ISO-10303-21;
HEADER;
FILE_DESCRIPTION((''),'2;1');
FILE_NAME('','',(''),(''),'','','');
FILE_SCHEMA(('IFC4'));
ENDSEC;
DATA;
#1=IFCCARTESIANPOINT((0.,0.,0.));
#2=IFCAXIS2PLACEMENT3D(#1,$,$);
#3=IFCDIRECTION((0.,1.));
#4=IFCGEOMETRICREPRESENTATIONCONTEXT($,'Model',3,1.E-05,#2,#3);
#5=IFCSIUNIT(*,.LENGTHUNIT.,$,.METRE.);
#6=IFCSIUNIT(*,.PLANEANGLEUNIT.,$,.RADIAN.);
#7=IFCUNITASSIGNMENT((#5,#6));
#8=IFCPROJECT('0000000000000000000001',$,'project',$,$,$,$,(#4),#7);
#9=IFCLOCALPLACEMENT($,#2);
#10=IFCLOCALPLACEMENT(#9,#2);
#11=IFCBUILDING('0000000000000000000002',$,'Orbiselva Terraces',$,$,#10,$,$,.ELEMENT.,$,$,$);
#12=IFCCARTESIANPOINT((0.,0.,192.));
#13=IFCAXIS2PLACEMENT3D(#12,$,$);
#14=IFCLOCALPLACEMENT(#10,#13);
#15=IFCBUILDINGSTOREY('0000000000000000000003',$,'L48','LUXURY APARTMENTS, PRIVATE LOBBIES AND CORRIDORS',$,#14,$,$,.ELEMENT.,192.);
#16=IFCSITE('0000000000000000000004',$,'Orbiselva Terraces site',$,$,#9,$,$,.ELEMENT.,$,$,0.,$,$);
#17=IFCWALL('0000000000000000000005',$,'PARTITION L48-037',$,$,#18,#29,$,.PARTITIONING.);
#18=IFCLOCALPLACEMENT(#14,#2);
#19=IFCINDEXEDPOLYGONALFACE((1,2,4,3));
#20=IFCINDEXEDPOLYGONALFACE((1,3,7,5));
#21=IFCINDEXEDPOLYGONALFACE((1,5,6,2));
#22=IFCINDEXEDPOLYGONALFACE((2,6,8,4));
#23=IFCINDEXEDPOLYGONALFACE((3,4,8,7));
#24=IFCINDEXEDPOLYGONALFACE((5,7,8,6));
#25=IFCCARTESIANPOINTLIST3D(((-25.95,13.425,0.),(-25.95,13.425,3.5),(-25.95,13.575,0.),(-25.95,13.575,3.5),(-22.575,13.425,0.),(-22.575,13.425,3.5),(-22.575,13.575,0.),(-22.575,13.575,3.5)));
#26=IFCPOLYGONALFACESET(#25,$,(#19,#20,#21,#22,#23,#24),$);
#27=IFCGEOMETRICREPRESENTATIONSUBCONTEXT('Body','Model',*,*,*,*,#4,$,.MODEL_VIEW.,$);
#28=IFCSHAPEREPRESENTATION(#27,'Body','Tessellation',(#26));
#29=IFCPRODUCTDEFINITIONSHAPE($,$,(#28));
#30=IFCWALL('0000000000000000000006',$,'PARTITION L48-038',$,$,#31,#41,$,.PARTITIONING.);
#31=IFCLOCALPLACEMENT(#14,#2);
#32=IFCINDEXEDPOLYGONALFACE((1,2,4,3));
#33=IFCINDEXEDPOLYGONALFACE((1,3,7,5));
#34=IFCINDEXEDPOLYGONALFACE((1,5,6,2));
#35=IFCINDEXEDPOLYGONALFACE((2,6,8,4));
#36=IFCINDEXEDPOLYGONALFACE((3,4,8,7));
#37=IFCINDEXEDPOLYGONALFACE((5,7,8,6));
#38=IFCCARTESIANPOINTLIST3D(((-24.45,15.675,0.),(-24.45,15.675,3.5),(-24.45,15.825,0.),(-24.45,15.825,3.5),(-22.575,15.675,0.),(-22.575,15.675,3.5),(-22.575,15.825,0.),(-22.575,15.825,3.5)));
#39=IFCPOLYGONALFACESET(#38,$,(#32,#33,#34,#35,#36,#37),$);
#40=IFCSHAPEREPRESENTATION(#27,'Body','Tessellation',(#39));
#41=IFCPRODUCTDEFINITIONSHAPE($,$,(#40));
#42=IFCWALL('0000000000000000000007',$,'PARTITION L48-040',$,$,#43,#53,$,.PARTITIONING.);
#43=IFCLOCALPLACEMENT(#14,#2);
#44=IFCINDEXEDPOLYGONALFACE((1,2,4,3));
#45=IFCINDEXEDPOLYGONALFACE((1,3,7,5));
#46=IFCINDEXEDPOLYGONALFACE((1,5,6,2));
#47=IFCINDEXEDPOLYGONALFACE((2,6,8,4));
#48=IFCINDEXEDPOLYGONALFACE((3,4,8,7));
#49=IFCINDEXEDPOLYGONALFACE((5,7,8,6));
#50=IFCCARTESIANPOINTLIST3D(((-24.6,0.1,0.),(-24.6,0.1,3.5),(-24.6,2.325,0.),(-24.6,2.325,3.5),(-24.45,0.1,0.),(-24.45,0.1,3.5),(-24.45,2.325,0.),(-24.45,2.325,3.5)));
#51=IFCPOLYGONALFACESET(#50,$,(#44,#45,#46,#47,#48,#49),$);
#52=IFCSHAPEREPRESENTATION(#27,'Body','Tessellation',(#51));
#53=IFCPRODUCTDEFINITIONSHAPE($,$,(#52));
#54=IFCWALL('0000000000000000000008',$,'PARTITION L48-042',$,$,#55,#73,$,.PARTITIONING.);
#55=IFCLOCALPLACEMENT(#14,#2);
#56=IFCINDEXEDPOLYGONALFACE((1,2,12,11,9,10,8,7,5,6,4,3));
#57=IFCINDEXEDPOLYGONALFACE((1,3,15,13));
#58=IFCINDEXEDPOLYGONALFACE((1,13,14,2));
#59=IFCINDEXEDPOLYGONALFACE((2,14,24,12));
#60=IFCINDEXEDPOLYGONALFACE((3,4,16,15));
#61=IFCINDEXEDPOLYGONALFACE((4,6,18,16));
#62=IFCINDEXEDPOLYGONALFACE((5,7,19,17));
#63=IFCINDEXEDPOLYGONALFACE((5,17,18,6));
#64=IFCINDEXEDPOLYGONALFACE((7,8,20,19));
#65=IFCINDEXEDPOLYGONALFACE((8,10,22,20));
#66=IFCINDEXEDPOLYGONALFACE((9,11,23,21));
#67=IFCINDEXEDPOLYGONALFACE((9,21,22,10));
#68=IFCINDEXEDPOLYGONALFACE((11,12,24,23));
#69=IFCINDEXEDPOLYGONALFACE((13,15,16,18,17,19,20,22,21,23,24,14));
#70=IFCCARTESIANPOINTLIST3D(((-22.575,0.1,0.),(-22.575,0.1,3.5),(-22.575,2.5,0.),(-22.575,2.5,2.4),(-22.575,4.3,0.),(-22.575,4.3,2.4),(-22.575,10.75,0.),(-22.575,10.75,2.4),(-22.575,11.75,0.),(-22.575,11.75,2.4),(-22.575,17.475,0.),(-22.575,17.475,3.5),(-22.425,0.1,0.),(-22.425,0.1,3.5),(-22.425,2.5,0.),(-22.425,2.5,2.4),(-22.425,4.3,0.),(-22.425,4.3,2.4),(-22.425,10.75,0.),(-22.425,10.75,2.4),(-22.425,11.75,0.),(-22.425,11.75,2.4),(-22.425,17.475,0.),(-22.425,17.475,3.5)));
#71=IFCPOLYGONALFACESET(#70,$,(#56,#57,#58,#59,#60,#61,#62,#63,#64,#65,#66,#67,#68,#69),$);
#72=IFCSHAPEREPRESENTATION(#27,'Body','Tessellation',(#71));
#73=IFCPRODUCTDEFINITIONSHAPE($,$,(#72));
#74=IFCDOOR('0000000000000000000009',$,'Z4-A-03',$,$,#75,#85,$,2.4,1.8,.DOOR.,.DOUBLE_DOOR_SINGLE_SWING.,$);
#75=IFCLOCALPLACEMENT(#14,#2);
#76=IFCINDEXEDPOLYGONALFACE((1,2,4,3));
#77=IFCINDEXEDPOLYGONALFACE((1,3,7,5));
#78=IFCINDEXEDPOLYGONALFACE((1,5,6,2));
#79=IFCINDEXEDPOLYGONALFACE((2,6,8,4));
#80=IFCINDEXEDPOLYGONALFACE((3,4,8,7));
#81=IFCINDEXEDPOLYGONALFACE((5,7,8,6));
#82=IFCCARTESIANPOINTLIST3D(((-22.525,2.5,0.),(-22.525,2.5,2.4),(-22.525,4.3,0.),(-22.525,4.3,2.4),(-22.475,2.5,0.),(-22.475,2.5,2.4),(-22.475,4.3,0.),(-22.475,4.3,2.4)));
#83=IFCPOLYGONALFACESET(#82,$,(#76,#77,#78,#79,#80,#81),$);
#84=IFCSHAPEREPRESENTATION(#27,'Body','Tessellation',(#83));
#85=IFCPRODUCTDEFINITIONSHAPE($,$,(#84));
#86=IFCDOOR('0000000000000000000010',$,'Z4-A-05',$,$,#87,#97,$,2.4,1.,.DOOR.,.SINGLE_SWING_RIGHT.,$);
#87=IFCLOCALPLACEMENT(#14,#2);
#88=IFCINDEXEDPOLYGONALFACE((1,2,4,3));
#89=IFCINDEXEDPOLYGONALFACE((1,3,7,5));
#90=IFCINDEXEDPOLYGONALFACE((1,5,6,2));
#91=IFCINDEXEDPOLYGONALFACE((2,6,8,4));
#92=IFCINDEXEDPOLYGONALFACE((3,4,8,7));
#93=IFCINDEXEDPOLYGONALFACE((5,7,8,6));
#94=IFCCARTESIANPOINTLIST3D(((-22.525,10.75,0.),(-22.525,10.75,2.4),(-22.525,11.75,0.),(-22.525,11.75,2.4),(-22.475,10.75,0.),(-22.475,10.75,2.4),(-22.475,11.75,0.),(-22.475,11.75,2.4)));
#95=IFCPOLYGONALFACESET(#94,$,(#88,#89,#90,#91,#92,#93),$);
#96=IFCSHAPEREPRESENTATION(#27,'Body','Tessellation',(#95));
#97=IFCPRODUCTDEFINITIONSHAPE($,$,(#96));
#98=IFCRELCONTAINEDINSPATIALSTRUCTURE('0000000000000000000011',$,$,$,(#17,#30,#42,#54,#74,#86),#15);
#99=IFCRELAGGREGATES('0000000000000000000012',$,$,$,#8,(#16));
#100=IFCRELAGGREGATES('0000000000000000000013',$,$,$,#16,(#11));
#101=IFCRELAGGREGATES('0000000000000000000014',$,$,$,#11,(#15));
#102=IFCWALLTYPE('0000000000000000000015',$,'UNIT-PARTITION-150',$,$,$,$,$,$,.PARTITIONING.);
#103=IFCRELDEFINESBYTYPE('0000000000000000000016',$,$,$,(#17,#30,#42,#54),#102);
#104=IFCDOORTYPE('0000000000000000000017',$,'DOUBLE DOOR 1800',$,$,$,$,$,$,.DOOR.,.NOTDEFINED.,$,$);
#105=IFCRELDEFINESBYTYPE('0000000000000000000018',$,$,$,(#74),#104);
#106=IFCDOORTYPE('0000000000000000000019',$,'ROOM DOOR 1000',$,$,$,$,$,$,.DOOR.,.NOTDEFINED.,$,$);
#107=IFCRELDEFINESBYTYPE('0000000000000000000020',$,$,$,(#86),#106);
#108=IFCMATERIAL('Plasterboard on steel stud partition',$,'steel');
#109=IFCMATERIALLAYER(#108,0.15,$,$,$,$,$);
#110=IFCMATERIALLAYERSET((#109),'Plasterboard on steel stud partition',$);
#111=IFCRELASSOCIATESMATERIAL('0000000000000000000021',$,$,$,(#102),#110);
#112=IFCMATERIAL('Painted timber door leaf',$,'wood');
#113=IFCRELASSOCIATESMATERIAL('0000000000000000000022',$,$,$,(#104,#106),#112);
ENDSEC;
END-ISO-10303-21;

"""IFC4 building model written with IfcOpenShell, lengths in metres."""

from ifc_helpers import new_model, si_unit, direction, frame, frame_2d, origin, place, context, subcontext, project, spatial, rectangle, extrude, material, layer, layer_set, type_object, element, fill, save


model = new_model("IFC4")

# Units and contexts
model_context = context("Model", 3, precision=1e-05, world=origin(), true_north=direction((0.0, 1.0)))
body_context = subcontext(model_context, "Body", "Model", "MODEL_VIEW")
ifc_project = project(units=[si_unit("LENGTHUNIT", "METRE"), si_unit("PLANEANGLEUNIT", "RADIAN")], contexts=[model_context])

# Site, building, storey
site_placement = place(None, origin())
site = spatial("IfcSite", under=ifc_project, at=site_placement, Name="Orbiselva Terraces site", CompositionType="ELEMENT", RefElevation=0.0)
building_placement = place(site_placement, origin())
building = spatial("IfcBuilding", under=site, at=building_placement, Name="Orbiselva Terraces", CompositionType="ELEMENT")
storey_placement = place(building_placement, frame((0.0, 0.0, 192.0)))
storey = spatial("IfcBuildingStorey", under=building, at=storey_placement, Name="L48", Description="LUXURY APARTMENTS, PRIVATE LOBBIES AND CORRIDORS", CompositionType="ELEMENT", Elevation=192.0)

# Shared definitions
ifc_material_1 = material(Name="Plasterboard on steel stud partition", Category="steel")
ifc_material_2 = material(Name="Painted timber door leaf", Category="wood")

# Shared definitions
ifc_layer_1 = layer(ifc_material_1, 0.15)
ifc_layer_set_1 = layer_set([ifc_layer_1], Name="Plasterboard on steel stud partition")
wall_type_1 = type_object("IfcWallType", Name="UNIT-PARTITION-150", PredefinedType="PARTITIONING", material=ifc_layer_set_1)

# Walls
wall_1_placement = place(storey_placement, frame((-25.95, 13.5, 0.0), z_axis=(0.0, 0.0, 1.0), x_axis=(1.0, 0.0, 0.0)))
element("IfcWall", 1, at=wall_1_placement, inside=storey, type_object=wall_type_1, Name="PARTITION L48-037", PredefinedType="PARTITIONING", context=body_context, shape_type="SweptSolid", body=[
    extrude(rectangle(XDim=3.375, YDim=0.15, at=frame_2d((1.6875, 0.0))), origin(), (0.0, 0.0, 1.0), 3.5),
])
wall_2_placement = place(storey_placement, frame((-24.45, 15.75, 0.0), z_axis=(0.0, 0.0, 1.0), x_axis=(1.0, 0.0, 0.0)))
element("IfcWall", 2, at=wall_2_placement, inside=storey, type_object=wall_type_1, Name="PARTITION L48-038", PredefinedType="PARTITIONING", context=body_context, shape_type="SweptSolid", body=[
    extrude(rectangle(XDim=1.875, YDim=0.15, at=frame_2d((0.9375, 0.0))), origin(), (0.0, 0.0, 1.0), 3.5),
])
wall_3_placement = place(storey_placement, frame((-24.525, 0.1, 0.0), z_axis=(0.0, 0.0, 1.0), x_axis=(0.0, 1.0, 0.0)))
element("IfcWall", 3, at=wall_3_placement, inside=storey, type_object=wall_type_1, Name="PARTITION L48-040", PredefinedType="PARTITIONING", context=body_context, shape_type="SweptSolid", body=[
    extrude(rectangle(XDim=2.225, YDim=0.15, at=frame_2d((1.1125, 0.0))), origin(), (0.0, 0.0, 1.0), 3.5),
])

# Wall, openings, doors
wall_4_placement = place(storey_placement, frame((-22.5, 0.1, 0.0), z_axis=(0.0, 0.0, 1.0), x_axis=(0.0, 1.0, 0.0)))
wall_4 = element("IfcWall", 4, at=wall_4_placement, inside=storey, type_object=wall_type_1, Name="PARTITION L48-042", PredefinedType="PARTITIONING", context=body_context, shape_type="SweptSolid", body=[
    extrude(rectangle(XDim=17.375, YDim=0.15, at=frame_2d((8.6875, 0.0))), origin(), (0.0, 0.0, 1.0), 3.5),
])
opening_1_placement = place(wall_4_placement, frame((2.4, 0.0, 0.0)))
opening_1 = element("IfcOpeningElement", 5, at=opening_1_placement, cuts=wall_4, PredefinedType="OPENING", context=body_context, shape_type="SweptSolid", body=[
    extrude(rectangle(XDim=1.8, YDim=2.4, at=frame_2d((0.9, 1.2))), frame((0.0, 0.085, 0.0), z_axis=(0.0, -1.0, 0.0), x_axis=(1.0, 0.0, 0.0)), (0.0, 0.0, 1.0), 0.17),
])
opening_2_placement = place(wall_4_placement, frame((10.65, 0.0, 0.0)))
opening_2 = element("IfcOpeningElement", 6, at=opening_2_placement, cuts=wall_4, PredefinedType="OPENING", context=body_context, shape_type="SweptSolid", body=[
    extrude(rectangle(XDim=1.0, YDim=2.4, at=frame_2d((0.5, 1.2))), frame((0.0, 0.085, 0.0), z_axis=(0.0, -1.0, 0.0), x_axis=(1.0, 0.0, 0.0)), (0.0, 0.0, 1.0), 0.17),
])
door_type_1 = type_object("IfcDoorType", Name="DOUBLE DOOR 1800", OperationType="NOTDEFINED", PredefinedType="DOOR", material=ifc_material_2)
door_1_placement = place(opening_1_placement, origin())
door_1 = element("IfcDoor", 7, at=door_1_placement, inside=storey, type_object=door_type_1, Name="Z4-A-03", OperationType="DOUBLE_DOOR_SINGLE_SWING", OverallHeight=2.4, OverallWidth=1.8, PredefinedType="DOOR", context=body_context, shape_type="SweptSolid", body=[
    extrude(rectangle(XDim=1.8, YDim=2.4, at=frame_2d((0.9, 1.2))), frame((0.0, 0.025, 0.0), z_axis=(0.0, -1.0, 0.0), x_axis=(1.0, 0.0, 0.0)), (0.0, 0.0, 1.0), 0.05),
])
fill(opening_1, door_1)
door_type_2 = type_object("IfcDoorType", Name="ROOM DOOR 1000", OperationType="NOTDEFINED", PredefinedType="DOOR", material=ifc_material_2)
door_2_placement = place(opening_2_placement, origin())
door_2 = element("IfcDoor", 8, at=door_2_placement, inside=storey, type_object=door_type_2, Name="Z4-A-05", OperationType="SINGLE_SWING_RIGHT", OverallHeight=2.4, OverallWidth=1.0, PredefinedType="DOOR", context=body_context, shape_type="SweptSolid", body=[
    extrude(rectangle(XDim=1.0, YDim=2.4, at=frame_2d((0.5, 1.2))), frame((0.0, 0.025, 0.0), z_axis=(0.0, -1.0, 0.0), x_axis=(1.0, 0.0, 0.0)), (0.0, 0.0, 1.0), 0.05),
])
fill(opening_2, door_2)

save(model, "model.ifc")
